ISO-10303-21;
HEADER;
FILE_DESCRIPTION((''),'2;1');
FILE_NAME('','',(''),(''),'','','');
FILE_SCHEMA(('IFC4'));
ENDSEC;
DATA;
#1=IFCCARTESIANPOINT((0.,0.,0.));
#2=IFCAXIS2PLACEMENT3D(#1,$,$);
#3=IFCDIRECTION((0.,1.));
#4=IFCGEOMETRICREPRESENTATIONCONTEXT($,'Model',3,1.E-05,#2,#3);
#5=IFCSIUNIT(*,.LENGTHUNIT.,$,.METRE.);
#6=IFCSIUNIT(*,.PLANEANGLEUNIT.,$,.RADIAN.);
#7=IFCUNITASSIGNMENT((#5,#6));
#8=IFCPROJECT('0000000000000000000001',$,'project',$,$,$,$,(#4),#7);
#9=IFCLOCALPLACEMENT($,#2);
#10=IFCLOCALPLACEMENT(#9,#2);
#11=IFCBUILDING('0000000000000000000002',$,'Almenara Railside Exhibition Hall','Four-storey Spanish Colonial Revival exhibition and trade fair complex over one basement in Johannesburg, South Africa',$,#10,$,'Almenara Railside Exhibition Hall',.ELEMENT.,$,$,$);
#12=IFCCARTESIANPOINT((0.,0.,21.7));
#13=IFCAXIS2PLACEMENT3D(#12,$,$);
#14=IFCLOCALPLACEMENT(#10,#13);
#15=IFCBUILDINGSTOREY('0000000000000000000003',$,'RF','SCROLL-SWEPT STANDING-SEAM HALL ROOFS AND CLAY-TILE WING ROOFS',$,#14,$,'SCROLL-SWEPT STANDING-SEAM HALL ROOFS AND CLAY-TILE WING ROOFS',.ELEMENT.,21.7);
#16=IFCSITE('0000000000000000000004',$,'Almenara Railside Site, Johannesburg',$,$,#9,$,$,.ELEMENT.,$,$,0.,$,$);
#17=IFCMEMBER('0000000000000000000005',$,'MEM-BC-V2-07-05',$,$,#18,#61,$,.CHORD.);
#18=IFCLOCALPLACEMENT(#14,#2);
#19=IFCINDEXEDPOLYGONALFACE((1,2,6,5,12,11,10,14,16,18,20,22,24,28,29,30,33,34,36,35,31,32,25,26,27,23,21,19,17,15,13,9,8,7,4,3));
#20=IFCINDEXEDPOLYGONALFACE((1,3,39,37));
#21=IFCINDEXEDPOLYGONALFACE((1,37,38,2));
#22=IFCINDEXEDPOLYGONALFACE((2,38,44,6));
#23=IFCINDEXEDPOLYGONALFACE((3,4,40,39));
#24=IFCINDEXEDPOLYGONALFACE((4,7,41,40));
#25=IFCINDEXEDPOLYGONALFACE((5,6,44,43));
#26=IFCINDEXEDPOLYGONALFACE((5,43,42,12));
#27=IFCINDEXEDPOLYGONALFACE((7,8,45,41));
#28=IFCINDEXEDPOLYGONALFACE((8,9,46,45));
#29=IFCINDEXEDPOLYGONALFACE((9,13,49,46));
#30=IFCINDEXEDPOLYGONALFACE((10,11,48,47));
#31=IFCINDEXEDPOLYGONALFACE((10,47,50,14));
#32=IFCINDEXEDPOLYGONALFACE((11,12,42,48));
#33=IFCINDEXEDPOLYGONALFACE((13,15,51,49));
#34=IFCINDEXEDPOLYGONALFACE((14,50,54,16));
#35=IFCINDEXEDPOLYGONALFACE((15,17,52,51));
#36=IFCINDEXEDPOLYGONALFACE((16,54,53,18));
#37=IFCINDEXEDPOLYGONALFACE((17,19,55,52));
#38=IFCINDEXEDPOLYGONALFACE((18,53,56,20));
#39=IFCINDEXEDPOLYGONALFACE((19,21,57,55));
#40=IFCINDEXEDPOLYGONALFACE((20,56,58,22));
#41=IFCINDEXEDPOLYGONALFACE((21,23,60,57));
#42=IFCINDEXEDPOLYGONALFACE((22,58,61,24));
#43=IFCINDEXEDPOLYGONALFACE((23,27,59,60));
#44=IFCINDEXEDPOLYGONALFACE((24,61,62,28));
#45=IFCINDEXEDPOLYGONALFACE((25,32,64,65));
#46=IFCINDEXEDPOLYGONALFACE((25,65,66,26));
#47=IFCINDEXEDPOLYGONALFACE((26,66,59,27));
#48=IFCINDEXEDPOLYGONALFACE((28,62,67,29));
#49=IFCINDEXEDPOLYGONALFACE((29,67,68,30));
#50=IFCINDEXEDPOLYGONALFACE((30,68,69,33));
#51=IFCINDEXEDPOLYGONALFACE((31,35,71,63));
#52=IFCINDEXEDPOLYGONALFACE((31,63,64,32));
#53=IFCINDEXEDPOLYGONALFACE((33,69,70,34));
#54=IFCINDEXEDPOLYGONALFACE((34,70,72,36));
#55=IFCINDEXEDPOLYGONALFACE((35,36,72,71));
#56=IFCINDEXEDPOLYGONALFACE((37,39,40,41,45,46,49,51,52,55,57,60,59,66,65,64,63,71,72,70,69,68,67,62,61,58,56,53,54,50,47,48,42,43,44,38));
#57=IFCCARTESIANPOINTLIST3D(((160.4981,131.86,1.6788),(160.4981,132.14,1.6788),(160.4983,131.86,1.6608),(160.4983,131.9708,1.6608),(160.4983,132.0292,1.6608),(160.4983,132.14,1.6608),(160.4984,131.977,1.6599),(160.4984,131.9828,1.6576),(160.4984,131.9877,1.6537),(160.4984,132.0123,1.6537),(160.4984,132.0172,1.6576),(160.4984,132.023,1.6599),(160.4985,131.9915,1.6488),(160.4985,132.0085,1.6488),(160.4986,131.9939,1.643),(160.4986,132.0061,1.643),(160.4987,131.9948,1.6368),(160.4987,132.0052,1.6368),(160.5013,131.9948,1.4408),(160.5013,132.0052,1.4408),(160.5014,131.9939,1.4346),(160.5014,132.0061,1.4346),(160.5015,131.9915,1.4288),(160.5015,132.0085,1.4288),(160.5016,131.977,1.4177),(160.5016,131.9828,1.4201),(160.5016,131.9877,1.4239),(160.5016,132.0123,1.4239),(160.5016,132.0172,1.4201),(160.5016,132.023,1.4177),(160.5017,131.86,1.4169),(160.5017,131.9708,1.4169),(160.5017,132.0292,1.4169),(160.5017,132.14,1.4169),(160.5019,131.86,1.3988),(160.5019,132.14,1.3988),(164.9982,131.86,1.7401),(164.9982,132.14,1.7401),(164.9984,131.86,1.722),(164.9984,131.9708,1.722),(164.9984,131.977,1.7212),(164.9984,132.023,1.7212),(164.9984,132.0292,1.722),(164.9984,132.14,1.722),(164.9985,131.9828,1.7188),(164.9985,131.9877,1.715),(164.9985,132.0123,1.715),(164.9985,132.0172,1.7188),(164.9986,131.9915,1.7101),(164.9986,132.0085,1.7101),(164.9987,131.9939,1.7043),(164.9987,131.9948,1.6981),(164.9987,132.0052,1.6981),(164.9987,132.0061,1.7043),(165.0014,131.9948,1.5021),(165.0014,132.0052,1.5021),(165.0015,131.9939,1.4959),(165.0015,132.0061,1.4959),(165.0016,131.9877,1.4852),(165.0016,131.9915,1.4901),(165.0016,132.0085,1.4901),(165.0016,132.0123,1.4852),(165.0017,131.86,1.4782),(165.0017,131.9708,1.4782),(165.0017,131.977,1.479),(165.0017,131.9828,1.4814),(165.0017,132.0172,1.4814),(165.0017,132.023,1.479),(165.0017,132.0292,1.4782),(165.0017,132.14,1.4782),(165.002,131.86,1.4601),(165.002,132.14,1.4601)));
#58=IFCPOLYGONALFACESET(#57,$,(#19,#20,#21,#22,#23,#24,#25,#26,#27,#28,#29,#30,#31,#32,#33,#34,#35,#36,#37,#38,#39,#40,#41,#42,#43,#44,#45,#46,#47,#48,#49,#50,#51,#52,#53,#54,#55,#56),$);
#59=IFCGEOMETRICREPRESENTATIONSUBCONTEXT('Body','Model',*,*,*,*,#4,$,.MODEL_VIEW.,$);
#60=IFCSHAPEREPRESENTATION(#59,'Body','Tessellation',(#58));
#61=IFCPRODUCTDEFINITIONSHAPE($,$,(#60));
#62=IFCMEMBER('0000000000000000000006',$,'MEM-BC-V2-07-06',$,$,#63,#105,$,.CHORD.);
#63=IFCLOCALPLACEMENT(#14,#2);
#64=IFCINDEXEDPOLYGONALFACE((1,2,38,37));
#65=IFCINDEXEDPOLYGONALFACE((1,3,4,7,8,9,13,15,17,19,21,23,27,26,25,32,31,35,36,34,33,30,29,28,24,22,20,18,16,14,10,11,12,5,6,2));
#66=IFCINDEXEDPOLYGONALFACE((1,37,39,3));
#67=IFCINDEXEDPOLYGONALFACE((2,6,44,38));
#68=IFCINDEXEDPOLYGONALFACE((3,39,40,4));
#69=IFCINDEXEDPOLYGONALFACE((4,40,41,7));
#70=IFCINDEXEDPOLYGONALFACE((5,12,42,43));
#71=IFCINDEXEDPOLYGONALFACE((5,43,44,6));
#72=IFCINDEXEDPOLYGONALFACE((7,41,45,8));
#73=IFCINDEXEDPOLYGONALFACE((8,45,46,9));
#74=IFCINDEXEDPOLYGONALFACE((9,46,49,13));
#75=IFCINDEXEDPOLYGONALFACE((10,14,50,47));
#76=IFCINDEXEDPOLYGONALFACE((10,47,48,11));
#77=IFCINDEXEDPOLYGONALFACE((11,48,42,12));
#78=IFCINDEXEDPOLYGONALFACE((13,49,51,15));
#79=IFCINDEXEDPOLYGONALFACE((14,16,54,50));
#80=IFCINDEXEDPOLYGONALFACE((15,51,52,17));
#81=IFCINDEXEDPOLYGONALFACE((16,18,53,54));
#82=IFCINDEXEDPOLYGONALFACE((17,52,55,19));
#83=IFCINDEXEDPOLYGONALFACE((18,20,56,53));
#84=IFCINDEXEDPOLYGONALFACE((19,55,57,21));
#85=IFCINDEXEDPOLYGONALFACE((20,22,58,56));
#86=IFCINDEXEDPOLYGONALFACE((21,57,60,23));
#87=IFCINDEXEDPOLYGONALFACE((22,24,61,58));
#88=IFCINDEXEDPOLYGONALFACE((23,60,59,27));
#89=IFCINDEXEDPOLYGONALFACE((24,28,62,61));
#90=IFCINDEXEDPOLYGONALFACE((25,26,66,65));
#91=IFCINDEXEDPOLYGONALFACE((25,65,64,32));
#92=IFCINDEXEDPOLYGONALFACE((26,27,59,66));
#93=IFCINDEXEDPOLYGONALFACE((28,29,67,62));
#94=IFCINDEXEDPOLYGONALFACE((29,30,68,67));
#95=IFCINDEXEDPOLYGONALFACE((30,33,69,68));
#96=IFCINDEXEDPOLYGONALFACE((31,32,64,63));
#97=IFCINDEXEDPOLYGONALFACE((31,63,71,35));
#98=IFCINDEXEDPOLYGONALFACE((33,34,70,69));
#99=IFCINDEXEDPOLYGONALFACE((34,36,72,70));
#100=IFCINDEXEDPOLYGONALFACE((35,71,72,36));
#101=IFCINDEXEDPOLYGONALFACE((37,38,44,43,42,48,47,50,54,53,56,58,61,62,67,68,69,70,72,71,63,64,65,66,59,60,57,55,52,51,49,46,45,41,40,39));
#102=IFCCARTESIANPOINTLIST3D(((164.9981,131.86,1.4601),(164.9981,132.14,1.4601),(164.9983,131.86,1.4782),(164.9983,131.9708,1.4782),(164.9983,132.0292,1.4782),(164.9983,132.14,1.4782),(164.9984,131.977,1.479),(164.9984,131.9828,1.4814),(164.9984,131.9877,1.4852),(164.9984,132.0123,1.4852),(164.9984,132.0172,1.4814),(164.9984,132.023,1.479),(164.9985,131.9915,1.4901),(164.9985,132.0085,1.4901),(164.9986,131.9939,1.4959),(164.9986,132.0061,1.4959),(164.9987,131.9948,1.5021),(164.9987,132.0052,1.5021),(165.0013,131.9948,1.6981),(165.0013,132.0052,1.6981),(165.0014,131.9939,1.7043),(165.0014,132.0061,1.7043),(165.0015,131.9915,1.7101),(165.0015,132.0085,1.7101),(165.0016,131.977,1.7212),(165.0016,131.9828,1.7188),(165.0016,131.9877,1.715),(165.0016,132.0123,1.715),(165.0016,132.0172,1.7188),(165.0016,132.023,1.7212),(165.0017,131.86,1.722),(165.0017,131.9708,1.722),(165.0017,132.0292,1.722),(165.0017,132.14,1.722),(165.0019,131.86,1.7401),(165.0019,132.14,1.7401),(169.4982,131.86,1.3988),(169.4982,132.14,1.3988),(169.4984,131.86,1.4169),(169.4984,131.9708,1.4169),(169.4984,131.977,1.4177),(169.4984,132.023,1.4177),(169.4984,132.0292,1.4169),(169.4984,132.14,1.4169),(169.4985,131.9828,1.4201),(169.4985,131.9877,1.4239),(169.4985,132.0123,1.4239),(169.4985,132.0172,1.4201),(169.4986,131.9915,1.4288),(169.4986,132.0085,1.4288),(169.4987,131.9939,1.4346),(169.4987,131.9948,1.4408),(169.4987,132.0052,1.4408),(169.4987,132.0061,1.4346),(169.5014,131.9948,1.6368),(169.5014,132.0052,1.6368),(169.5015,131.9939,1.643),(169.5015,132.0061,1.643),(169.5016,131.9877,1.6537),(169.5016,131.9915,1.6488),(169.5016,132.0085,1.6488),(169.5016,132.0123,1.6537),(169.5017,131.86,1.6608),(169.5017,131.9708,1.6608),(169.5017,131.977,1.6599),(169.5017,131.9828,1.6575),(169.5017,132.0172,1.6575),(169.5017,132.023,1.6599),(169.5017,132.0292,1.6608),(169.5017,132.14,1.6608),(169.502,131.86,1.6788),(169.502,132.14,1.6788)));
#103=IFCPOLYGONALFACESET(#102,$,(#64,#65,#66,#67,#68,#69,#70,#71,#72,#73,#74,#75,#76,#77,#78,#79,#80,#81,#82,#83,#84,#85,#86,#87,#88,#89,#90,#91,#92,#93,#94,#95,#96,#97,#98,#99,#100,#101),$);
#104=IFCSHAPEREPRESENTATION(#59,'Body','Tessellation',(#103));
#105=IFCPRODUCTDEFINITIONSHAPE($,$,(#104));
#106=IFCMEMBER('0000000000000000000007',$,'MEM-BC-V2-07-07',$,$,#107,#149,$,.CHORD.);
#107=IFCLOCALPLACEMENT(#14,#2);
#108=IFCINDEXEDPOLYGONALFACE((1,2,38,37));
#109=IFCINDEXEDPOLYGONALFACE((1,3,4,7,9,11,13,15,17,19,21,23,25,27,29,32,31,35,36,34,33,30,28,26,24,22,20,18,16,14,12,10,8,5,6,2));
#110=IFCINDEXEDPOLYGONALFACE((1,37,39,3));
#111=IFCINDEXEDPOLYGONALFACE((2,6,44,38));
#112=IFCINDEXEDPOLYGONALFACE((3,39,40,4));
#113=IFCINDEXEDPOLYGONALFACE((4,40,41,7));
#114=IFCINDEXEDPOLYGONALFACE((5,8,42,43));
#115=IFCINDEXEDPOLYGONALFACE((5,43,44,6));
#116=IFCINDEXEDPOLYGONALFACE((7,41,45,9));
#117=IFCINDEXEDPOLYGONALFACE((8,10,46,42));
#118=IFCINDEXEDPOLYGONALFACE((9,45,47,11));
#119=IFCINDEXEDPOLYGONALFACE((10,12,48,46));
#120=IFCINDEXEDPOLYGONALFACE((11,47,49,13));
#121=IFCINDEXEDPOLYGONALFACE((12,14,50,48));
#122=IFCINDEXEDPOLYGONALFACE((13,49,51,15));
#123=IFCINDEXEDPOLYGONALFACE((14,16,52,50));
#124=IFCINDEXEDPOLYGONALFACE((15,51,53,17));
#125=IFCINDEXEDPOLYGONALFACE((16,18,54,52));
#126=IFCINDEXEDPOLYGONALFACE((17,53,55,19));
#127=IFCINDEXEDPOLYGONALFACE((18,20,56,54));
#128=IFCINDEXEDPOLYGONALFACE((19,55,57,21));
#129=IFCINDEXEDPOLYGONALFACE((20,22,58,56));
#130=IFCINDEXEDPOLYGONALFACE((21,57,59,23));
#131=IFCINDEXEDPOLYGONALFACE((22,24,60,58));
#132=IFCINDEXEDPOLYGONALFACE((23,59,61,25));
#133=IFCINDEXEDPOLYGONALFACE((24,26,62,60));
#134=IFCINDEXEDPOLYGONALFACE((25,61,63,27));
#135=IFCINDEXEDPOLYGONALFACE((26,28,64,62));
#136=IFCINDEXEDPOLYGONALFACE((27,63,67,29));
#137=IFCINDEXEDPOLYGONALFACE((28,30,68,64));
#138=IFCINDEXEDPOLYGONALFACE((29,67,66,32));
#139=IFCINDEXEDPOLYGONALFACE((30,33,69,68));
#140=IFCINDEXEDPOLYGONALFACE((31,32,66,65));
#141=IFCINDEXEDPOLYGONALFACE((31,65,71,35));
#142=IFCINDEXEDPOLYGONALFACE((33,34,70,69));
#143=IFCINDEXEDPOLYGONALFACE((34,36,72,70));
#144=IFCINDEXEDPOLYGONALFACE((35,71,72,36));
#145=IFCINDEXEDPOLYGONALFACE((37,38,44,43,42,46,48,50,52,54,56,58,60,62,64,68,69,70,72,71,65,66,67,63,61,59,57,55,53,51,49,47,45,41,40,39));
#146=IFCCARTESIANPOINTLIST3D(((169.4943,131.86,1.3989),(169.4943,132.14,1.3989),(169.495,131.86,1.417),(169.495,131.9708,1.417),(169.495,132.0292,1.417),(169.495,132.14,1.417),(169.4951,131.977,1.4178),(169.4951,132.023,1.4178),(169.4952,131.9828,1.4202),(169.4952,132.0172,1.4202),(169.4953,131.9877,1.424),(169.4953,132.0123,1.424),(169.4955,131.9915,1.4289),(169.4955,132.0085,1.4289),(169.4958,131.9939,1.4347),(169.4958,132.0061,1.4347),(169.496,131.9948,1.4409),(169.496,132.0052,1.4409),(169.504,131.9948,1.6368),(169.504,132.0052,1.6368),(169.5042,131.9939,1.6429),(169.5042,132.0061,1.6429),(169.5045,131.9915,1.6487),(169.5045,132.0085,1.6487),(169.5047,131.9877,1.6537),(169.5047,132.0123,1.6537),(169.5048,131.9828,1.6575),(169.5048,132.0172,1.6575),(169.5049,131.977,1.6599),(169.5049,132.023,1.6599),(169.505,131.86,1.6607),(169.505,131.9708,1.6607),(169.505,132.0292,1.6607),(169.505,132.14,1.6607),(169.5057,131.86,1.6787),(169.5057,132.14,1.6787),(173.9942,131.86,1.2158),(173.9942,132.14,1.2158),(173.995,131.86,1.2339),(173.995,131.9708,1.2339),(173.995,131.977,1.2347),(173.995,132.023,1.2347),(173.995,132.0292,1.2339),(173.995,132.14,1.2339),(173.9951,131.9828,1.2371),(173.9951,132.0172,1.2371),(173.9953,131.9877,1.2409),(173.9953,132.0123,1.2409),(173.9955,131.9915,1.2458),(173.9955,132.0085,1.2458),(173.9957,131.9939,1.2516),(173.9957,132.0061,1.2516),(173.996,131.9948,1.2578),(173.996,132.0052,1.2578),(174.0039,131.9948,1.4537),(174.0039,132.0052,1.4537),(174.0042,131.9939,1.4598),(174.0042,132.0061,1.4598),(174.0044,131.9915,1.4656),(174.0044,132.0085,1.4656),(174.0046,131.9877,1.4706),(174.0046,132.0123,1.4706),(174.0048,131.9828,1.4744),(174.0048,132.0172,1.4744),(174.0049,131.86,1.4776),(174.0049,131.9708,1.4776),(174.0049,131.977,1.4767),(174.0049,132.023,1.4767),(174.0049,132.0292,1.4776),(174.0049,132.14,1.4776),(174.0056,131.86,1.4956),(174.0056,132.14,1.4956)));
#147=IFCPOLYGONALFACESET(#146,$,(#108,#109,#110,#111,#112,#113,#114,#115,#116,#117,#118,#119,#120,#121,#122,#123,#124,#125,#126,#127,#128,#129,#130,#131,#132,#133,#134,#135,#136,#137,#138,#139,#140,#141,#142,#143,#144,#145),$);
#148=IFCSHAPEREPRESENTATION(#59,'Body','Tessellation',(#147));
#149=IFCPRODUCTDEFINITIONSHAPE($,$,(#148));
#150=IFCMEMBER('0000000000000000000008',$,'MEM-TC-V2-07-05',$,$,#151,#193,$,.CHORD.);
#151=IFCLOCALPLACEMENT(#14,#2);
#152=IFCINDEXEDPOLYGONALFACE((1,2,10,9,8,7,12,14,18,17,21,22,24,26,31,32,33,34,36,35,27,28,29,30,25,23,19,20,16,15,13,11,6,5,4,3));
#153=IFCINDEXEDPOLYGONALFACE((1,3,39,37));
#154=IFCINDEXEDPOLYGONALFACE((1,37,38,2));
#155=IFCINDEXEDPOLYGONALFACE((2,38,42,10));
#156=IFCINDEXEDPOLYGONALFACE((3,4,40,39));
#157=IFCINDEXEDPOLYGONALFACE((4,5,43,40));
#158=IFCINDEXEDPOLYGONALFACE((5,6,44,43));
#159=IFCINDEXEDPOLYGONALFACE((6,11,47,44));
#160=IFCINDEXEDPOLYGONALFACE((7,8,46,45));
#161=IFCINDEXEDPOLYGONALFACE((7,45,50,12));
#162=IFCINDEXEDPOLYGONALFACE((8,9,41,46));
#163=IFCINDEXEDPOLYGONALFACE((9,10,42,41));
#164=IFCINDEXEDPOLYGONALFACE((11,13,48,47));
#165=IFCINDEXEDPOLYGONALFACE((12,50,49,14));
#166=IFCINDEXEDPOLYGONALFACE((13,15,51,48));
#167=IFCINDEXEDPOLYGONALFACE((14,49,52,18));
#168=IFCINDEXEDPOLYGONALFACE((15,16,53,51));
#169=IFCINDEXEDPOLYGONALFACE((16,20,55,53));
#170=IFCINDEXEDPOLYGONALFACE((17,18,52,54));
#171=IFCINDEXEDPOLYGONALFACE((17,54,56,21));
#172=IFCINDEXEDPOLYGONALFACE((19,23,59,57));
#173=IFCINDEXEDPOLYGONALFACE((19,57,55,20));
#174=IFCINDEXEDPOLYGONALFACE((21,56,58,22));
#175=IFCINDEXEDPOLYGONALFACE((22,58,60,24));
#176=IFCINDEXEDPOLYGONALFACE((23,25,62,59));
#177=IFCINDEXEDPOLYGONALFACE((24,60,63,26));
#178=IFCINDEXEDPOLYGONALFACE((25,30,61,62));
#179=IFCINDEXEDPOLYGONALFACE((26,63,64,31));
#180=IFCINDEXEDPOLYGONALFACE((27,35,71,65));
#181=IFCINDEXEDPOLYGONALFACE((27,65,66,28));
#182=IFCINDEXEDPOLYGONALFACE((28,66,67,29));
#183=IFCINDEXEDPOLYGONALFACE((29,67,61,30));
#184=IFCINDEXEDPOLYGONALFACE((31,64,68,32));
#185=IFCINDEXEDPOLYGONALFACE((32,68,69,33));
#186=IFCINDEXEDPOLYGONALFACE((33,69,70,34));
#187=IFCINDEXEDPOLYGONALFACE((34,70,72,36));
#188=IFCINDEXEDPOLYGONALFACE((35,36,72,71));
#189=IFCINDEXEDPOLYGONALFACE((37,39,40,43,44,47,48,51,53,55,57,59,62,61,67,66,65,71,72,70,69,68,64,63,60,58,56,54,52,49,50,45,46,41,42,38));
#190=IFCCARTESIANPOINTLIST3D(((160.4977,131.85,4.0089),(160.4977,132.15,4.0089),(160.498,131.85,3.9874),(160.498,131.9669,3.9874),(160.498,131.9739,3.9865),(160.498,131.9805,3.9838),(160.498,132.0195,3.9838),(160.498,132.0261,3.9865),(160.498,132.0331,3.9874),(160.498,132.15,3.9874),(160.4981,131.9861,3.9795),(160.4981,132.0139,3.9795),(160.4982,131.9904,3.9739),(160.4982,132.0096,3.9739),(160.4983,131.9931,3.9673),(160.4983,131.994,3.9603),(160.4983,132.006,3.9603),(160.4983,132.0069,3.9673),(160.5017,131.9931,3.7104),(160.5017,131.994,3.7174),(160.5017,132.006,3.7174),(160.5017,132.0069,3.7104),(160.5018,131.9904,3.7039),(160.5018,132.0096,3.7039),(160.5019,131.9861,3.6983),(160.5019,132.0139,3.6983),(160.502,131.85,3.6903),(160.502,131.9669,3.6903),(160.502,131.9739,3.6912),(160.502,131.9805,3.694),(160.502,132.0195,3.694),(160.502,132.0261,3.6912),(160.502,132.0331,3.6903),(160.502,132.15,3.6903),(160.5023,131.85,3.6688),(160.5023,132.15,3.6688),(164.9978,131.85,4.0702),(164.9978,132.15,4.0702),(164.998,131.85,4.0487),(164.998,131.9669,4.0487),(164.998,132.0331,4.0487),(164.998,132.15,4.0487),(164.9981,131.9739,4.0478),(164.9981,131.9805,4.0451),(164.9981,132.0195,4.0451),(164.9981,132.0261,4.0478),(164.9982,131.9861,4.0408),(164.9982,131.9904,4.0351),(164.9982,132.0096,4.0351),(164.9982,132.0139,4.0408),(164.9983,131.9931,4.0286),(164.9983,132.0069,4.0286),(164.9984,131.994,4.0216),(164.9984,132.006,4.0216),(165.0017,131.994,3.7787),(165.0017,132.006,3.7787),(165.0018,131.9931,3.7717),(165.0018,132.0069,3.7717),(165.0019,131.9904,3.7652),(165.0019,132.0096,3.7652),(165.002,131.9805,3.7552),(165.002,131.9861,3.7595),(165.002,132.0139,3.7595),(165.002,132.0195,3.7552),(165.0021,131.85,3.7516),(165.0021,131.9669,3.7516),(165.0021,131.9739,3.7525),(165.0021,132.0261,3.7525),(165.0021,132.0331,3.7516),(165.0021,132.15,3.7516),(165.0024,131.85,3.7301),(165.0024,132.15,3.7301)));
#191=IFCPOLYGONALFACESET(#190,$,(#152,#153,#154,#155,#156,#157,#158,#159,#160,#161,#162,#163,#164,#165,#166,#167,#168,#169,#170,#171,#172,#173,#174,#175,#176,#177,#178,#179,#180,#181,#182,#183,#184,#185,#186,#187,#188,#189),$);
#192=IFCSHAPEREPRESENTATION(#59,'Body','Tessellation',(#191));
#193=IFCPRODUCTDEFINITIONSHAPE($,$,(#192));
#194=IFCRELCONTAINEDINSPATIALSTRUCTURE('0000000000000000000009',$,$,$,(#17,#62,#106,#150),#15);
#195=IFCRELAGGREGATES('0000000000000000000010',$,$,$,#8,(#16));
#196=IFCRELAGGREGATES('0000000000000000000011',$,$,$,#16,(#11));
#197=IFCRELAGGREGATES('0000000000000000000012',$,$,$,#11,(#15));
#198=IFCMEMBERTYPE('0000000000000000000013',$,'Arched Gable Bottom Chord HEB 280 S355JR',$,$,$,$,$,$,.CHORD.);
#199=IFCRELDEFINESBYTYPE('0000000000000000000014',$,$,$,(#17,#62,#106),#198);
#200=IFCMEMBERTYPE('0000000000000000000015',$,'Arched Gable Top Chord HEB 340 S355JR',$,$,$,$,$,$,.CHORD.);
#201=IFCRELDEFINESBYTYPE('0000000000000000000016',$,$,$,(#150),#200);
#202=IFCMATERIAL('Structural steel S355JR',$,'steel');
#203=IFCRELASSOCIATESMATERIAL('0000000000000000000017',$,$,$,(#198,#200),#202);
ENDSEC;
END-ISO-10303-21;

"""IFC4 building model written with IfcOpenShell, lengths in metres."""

from ifc_helpers import new_model, si_unit, direction, frame, origin, origin_2d, place, context, subcontext, project, spatial, i_section, extrude, material, material_profile, profile_set, type_object, element, save


model = new_model("IFC4")

# Units and contexts
model_context = context("Model", 3, precision=1e-05, world=origin(), true_north=direction((0.0, 1.0)))
body_context = subcontext(model_context, "Body", "Model", "MODEL_VIEW")
ifc_project = project(units=[si_unit("LENGTHUNIT", "METRE"), si_unit("PLANEANGLEUNIT", "RADIAN")], contexts=[model_context])

# Site, building, storey
site_placement = place(None, origin())
site = spatial("IfcSite", under=ifc_project, at=site_placement, Name="Almenara Railside Site, Johannesburg", CompositionType="ELEMENT", RefElevation=0.0)
building_placement = place(site_placement, origin())
building = spatial("IfcBuilding", under=site, at=building_placement, Name="Almenara Railside Exhibition Hall", Description="Four-storey Spanish Colonial Revival exhibition and trade fair complex over one basement in Johannesburg, South Africa", LongName="Almenara Railside Exhibition Hall", CompositionType="ELEMENT")
storey_placement = place(building_placement, frame((0.0, 0.0, 21.7)))
storey = spatial("IfcBuildingStorey", under=building, at=storey_placement, Name="RF", Description="SCROLL-SWEPT STANDING-SEAM HALL ROOFS AND CLAY-TILE WING ROOFS", LongName="SCROLL-SWEPT STANDING-SEAM HALL ROOFS AND CLAY-TILE WING ROOFS", CompositionType="ELEMENT", Elevation=21.7)

# Members
ifc_material_1 = material(Name="Structural steel S355JR", Category="steel")
ifc_material_profile_1 = material_profile(ifc_material_1, i_section(OverallWidth=0.28, OverallDepth=0.28, WebThickness=0.0105, FlangeThickness=0.0181, FilletRadius=0.0239, at=origin_2d()), Name="HEB 280")
ifc_profile_set_1 = profile_set([ifc_material_profile_1], Name="Structural steel S355JR")
member_type_1 = type_object("IfcMemberType", Name="Arched Gable Bottom Chord HEB 280 S355JR", PredefinedType="CHORD", material=ifc_profile_set_1)
for number, where, z_axis, x_axis, name in (
    (1, (160.5, 132.0, 1.5388), (0.999907, 0.0, 0.013616), (0.0, 1.0, 0.0), "MEM-BC-V2-07-05"),
    (2, (165.0, 132.0, 1.6001), (0.999907, 0.0, -0.013616), (0.0, 1.0, 0.0), "MEM-BC-V2-07-06"),
):
    element("IfcMember", number, at=place(storey_placement, frame(where, z_axis=z_axis, x_axis=x_axis)), inside=storey, type_object=member_type_1, Name=name, PredefinedType="CHORD", context=body_context, shape_type="SweptSolid", body=[
        extrude(i_section(OverallWidth=0.28, OverallDepth=0.28, WebThickness=0.0105, FlangeThickness=0.0181, FilletRadius=0.0239, at=origin_2d()), origin(), (0.0, 0.0, 1.0), 4.5005),
    ])
member_1_placement = place(storey_placement, frame((169.5, 132.0, 1.5388), z_axis=(0.999173, 0.0, -0.040656), x_axis=(0.0, 1.0, 0.0)))
element("IfcMember", 3, at=member_1_placement, inside=storey, type_object=member_type_1, Name="MEM-BC-V2-07-07", PredefinedType="CHORD", context=body_context, shape_type="SweptSolid", body=[
    extrude(i_section(OverallWidth=0.28, OverallDepth=0.28, WebThickness=0.0105, FlangeThickness=0.0181, FilletRadius=0.0239, at=origin_2d()), origin(), (0.0, 0.0, 1.0), 4.5037),
])
ifc_material_profile_2 = material_profile(ifc_material_1, i_section(OverallWidth=0.3, OverallDepth=0.3401, WebThickness=0.012, FlangeThickness=0.0215, FilletRadius=0.0271, at=origin_2d()), Name="HEB 340")
ifc_profile_set_2 = profile_set([ifc_material_profile_2], Name="Structural steel S355JR")
member_type_2 = type_object("IfcMemberType", Name="Arched Gable Top Chord HEB 340 S355JR", PredefinedType="CHORD", material=ifc_profile_set_2)
for number, where, z_axis, x_axis, name in (
    (4, (160.5, 132.0, 3.8389), (0.999907, 0.0, 0.013616), (0.0, 1.0, 0.0), "MEM-TC-V2-07-05"),
):
    element("IfcMember", number, at=place(storey_placement, frame(where, z_axis=z_axis, x_axis=x_axis)), inside=storey, type_object=member_type_2, Name=name, PredefinedType="CHORD", context=body_context, shape_type="SweptSolid", body=[
        extrude(i_section(OverallWidth=0.3, OverallDepth=0.3401, WebThickness=0.012, FlangeThickness=0.0215, FilletRadius=0.0271, at=origin_2d()), origin(), (0.0, 0.0, 1.0), 4.5005),
    ])

save(model, "model.ifc")
